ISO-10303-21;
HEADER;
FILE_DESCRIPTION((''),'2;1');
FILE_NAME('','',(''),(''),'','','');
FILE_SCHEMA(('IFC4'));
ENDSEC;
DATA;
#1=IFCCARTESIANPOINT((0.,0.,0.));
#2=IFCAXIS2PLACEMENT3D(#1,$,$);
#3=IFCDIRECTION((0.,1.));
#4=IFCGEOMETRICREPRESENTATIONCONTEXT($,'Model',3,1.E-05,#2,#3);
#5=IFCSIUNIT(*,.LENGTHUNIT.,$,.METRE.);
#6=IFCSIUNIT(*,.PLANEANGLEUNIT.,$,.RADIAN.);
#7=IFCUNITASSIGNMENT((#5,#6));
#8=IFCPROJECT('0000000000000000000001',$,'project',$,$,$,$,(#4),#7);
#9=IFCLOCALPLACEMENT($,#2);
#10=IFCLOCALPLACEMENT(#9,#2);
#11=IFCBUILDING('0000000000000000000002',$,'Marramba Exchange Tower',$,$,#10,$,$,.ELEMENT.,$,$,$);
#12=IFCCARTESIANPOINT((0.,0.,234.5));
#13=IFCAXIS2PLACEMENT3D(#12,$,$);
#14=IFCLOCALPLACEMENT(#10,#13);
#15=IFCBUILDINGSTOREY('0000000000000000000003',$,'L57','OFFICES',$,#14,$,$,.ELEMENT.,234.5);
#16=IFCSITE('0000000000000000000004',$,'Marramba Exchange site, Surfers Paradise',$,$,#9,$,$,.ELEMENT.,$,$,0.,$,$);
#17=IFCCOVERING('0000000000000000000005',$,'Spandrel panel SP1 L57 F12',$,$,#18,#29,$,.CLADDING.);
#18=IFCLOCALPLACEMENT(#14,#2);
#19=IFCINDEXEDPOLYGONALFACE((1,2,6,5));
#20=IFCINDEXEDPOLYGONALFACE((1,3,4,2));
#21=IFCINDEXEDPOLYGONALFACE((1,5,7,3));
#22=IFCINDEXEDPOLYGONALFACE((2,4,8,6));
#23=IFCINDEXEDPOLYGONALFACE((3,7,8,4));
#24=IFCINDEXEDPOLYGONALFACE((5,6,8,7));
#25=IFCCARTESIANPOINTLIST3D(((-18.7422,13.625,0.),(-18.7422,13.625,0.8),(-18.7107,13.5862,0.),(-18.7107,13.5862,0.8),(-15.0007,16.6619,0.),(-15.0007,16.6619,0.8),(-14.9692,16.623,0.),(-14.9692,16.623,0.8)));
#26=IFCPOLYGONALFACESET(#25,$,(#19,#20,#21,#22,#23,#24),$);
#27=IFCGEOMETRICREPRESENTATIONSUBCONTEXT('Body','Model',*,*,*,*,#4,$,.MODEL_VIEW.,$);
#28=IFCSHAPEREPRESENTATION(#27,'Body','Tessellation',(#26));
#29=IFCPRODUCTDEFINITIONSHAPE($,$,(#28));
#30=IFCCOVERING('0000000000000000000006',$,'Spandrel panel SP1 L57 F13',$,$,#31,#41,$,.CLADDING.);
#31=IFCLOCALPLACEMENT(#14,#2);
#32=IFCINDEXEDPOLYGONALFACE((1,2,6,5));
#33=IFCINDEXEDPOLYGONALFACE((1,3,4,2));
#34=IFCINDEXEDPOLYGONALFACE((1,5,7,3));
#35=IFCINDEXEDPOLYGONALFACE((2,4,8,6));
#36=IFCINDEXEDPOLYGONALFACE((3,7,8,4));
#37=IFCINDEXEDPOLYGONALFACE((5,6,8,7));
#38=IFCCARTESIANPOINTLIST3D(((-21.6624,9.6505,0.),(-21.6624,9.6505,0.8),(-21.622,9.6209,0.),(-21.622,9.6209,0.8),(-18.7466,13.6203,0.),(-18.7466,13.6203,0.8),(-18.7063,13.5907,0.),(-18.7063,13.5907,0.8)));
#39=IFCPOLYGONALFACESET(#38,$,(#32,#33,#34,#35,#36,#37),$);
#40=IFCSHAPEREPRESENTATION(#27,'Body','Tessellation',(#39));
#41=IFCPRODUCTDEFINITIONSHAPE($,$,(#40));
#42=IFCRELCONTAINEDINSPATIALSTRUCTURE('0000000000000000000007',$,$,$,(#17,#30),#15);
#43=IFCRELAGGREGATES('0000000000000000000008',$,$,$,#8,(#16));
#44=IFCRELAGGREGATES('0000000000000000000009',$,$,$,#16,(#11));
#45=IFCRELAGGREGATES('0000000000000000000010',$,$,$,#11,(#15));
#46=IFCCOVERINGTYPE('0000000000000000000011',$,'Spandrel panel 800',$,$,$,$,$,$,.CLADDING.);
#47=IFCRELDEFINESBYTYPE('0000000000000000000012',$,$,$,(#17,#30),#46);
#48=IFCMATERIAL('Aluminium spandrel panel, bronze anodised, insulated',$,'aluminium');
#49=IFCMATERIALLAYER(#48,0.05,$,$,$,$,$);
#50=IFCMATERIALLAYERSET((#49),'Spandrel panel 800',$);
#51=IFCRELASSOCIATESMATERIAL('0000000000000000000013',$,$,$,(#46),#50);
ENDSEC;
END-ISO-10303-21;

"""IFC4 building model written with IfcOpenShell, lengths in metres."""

from ifc_helpers import new_model, si_unit, direction, frame, origin, origin_2d, place, context, subcontext, project, spatial, rectangle, extrude, material, layer, layer_set, type_object, element, save


model = new_model("IFC4")

# Units and contexts
model_context = context("Model", 3, precision=1e-05, world=origin(), true_north=direction((0.0, 1.0)))
body_context = subcontext(model_context, "Body", "Model", "MODEL_VIEW")
ifc_project = project(units=[si_unit("LENGTHUNIT", "METRE"), si_unit("PLANEANGLEUNIT", "RADIAN")], contexts=[model_context])

# Site, building, storey
site_placement = place(None, origin())
site = spatial("IfcSite", under=ifc_project, at=site_placement, Name="Marramba Exchange site, Surfers Paradise", CompositionType="ELEMENT", RefElevation=0.0)
building_placement = place(site_placement, origin())
building = spatial("IfcBuilding", under=site, at=building_placement, Name="Marramba Exchange Tower", CompositionType="ELEMENT")
storey_placement = place(building_placement, frame((0.0, 0.0, 234.5)))
storey = spatial("IfcBuildingStorey", under=building, at=storey_placement, Name="L57", Description="OFFICES", CompositionType="ELEMENT", Elevation=234.5)

# Coverings
ifc_material_1 = material(Name="Aluminium spandrel panel, bronze anodised, insulated", Category="aluminium")
ifc_layer_1 = layer(ifc_material_1, 0.05)
ifc_layer_set_1 = layer_set([ifc_layer_1], Name="Spandrel panel 800")
covering_type = type_object("IfcCoveringType", Name="Spandrel panel 800", PredefinedType="CLADDING", material=ifc_layer_set_1)
covering_1_placement = place(storey_placement, frame((-16.8557, 15.124, 0.0), z_axis=(0.0, 0.0, 1.0), x_axis=(-0.776432, -0.630201, 0.0)))
element("IfcCovering", 1, at=covering_1_placement, inside=storey, type_object=covering_type, Name="Spandrel panel SP1 L57 F12", PredefinedType="CLADDING", context=body_context, shape_type="SweptSolid", body=[
    extrude(rectangle(XDim=4.8188, YDim=0.05, at=origin_2d()), origin(), (0.0, 0.0, 1.0), 0.8),
])
covering_2_placement = place(storey_placement, frame((-20.1843, 11.6206, 0.0), z_axis=(0.0, 0.0, 1.0), x_axis=(-0.591963, -0.805965, 0.0)))
element("IfcCovering", 2, at=covering_2_placement, inside=storey, type_object=covering_type, Name="Spandrel panel SP1 L57 F13", PredefinedType="CLADDING", context=body_context, shape_type="SweptSolid", body=[
    extrude(rectangle(XDim=4.9255, YDim=0.05, at=origin_2d()), origin(), (0.0, 0.0, 1.0), 0.8),
])

save(model, "model.ifc")
